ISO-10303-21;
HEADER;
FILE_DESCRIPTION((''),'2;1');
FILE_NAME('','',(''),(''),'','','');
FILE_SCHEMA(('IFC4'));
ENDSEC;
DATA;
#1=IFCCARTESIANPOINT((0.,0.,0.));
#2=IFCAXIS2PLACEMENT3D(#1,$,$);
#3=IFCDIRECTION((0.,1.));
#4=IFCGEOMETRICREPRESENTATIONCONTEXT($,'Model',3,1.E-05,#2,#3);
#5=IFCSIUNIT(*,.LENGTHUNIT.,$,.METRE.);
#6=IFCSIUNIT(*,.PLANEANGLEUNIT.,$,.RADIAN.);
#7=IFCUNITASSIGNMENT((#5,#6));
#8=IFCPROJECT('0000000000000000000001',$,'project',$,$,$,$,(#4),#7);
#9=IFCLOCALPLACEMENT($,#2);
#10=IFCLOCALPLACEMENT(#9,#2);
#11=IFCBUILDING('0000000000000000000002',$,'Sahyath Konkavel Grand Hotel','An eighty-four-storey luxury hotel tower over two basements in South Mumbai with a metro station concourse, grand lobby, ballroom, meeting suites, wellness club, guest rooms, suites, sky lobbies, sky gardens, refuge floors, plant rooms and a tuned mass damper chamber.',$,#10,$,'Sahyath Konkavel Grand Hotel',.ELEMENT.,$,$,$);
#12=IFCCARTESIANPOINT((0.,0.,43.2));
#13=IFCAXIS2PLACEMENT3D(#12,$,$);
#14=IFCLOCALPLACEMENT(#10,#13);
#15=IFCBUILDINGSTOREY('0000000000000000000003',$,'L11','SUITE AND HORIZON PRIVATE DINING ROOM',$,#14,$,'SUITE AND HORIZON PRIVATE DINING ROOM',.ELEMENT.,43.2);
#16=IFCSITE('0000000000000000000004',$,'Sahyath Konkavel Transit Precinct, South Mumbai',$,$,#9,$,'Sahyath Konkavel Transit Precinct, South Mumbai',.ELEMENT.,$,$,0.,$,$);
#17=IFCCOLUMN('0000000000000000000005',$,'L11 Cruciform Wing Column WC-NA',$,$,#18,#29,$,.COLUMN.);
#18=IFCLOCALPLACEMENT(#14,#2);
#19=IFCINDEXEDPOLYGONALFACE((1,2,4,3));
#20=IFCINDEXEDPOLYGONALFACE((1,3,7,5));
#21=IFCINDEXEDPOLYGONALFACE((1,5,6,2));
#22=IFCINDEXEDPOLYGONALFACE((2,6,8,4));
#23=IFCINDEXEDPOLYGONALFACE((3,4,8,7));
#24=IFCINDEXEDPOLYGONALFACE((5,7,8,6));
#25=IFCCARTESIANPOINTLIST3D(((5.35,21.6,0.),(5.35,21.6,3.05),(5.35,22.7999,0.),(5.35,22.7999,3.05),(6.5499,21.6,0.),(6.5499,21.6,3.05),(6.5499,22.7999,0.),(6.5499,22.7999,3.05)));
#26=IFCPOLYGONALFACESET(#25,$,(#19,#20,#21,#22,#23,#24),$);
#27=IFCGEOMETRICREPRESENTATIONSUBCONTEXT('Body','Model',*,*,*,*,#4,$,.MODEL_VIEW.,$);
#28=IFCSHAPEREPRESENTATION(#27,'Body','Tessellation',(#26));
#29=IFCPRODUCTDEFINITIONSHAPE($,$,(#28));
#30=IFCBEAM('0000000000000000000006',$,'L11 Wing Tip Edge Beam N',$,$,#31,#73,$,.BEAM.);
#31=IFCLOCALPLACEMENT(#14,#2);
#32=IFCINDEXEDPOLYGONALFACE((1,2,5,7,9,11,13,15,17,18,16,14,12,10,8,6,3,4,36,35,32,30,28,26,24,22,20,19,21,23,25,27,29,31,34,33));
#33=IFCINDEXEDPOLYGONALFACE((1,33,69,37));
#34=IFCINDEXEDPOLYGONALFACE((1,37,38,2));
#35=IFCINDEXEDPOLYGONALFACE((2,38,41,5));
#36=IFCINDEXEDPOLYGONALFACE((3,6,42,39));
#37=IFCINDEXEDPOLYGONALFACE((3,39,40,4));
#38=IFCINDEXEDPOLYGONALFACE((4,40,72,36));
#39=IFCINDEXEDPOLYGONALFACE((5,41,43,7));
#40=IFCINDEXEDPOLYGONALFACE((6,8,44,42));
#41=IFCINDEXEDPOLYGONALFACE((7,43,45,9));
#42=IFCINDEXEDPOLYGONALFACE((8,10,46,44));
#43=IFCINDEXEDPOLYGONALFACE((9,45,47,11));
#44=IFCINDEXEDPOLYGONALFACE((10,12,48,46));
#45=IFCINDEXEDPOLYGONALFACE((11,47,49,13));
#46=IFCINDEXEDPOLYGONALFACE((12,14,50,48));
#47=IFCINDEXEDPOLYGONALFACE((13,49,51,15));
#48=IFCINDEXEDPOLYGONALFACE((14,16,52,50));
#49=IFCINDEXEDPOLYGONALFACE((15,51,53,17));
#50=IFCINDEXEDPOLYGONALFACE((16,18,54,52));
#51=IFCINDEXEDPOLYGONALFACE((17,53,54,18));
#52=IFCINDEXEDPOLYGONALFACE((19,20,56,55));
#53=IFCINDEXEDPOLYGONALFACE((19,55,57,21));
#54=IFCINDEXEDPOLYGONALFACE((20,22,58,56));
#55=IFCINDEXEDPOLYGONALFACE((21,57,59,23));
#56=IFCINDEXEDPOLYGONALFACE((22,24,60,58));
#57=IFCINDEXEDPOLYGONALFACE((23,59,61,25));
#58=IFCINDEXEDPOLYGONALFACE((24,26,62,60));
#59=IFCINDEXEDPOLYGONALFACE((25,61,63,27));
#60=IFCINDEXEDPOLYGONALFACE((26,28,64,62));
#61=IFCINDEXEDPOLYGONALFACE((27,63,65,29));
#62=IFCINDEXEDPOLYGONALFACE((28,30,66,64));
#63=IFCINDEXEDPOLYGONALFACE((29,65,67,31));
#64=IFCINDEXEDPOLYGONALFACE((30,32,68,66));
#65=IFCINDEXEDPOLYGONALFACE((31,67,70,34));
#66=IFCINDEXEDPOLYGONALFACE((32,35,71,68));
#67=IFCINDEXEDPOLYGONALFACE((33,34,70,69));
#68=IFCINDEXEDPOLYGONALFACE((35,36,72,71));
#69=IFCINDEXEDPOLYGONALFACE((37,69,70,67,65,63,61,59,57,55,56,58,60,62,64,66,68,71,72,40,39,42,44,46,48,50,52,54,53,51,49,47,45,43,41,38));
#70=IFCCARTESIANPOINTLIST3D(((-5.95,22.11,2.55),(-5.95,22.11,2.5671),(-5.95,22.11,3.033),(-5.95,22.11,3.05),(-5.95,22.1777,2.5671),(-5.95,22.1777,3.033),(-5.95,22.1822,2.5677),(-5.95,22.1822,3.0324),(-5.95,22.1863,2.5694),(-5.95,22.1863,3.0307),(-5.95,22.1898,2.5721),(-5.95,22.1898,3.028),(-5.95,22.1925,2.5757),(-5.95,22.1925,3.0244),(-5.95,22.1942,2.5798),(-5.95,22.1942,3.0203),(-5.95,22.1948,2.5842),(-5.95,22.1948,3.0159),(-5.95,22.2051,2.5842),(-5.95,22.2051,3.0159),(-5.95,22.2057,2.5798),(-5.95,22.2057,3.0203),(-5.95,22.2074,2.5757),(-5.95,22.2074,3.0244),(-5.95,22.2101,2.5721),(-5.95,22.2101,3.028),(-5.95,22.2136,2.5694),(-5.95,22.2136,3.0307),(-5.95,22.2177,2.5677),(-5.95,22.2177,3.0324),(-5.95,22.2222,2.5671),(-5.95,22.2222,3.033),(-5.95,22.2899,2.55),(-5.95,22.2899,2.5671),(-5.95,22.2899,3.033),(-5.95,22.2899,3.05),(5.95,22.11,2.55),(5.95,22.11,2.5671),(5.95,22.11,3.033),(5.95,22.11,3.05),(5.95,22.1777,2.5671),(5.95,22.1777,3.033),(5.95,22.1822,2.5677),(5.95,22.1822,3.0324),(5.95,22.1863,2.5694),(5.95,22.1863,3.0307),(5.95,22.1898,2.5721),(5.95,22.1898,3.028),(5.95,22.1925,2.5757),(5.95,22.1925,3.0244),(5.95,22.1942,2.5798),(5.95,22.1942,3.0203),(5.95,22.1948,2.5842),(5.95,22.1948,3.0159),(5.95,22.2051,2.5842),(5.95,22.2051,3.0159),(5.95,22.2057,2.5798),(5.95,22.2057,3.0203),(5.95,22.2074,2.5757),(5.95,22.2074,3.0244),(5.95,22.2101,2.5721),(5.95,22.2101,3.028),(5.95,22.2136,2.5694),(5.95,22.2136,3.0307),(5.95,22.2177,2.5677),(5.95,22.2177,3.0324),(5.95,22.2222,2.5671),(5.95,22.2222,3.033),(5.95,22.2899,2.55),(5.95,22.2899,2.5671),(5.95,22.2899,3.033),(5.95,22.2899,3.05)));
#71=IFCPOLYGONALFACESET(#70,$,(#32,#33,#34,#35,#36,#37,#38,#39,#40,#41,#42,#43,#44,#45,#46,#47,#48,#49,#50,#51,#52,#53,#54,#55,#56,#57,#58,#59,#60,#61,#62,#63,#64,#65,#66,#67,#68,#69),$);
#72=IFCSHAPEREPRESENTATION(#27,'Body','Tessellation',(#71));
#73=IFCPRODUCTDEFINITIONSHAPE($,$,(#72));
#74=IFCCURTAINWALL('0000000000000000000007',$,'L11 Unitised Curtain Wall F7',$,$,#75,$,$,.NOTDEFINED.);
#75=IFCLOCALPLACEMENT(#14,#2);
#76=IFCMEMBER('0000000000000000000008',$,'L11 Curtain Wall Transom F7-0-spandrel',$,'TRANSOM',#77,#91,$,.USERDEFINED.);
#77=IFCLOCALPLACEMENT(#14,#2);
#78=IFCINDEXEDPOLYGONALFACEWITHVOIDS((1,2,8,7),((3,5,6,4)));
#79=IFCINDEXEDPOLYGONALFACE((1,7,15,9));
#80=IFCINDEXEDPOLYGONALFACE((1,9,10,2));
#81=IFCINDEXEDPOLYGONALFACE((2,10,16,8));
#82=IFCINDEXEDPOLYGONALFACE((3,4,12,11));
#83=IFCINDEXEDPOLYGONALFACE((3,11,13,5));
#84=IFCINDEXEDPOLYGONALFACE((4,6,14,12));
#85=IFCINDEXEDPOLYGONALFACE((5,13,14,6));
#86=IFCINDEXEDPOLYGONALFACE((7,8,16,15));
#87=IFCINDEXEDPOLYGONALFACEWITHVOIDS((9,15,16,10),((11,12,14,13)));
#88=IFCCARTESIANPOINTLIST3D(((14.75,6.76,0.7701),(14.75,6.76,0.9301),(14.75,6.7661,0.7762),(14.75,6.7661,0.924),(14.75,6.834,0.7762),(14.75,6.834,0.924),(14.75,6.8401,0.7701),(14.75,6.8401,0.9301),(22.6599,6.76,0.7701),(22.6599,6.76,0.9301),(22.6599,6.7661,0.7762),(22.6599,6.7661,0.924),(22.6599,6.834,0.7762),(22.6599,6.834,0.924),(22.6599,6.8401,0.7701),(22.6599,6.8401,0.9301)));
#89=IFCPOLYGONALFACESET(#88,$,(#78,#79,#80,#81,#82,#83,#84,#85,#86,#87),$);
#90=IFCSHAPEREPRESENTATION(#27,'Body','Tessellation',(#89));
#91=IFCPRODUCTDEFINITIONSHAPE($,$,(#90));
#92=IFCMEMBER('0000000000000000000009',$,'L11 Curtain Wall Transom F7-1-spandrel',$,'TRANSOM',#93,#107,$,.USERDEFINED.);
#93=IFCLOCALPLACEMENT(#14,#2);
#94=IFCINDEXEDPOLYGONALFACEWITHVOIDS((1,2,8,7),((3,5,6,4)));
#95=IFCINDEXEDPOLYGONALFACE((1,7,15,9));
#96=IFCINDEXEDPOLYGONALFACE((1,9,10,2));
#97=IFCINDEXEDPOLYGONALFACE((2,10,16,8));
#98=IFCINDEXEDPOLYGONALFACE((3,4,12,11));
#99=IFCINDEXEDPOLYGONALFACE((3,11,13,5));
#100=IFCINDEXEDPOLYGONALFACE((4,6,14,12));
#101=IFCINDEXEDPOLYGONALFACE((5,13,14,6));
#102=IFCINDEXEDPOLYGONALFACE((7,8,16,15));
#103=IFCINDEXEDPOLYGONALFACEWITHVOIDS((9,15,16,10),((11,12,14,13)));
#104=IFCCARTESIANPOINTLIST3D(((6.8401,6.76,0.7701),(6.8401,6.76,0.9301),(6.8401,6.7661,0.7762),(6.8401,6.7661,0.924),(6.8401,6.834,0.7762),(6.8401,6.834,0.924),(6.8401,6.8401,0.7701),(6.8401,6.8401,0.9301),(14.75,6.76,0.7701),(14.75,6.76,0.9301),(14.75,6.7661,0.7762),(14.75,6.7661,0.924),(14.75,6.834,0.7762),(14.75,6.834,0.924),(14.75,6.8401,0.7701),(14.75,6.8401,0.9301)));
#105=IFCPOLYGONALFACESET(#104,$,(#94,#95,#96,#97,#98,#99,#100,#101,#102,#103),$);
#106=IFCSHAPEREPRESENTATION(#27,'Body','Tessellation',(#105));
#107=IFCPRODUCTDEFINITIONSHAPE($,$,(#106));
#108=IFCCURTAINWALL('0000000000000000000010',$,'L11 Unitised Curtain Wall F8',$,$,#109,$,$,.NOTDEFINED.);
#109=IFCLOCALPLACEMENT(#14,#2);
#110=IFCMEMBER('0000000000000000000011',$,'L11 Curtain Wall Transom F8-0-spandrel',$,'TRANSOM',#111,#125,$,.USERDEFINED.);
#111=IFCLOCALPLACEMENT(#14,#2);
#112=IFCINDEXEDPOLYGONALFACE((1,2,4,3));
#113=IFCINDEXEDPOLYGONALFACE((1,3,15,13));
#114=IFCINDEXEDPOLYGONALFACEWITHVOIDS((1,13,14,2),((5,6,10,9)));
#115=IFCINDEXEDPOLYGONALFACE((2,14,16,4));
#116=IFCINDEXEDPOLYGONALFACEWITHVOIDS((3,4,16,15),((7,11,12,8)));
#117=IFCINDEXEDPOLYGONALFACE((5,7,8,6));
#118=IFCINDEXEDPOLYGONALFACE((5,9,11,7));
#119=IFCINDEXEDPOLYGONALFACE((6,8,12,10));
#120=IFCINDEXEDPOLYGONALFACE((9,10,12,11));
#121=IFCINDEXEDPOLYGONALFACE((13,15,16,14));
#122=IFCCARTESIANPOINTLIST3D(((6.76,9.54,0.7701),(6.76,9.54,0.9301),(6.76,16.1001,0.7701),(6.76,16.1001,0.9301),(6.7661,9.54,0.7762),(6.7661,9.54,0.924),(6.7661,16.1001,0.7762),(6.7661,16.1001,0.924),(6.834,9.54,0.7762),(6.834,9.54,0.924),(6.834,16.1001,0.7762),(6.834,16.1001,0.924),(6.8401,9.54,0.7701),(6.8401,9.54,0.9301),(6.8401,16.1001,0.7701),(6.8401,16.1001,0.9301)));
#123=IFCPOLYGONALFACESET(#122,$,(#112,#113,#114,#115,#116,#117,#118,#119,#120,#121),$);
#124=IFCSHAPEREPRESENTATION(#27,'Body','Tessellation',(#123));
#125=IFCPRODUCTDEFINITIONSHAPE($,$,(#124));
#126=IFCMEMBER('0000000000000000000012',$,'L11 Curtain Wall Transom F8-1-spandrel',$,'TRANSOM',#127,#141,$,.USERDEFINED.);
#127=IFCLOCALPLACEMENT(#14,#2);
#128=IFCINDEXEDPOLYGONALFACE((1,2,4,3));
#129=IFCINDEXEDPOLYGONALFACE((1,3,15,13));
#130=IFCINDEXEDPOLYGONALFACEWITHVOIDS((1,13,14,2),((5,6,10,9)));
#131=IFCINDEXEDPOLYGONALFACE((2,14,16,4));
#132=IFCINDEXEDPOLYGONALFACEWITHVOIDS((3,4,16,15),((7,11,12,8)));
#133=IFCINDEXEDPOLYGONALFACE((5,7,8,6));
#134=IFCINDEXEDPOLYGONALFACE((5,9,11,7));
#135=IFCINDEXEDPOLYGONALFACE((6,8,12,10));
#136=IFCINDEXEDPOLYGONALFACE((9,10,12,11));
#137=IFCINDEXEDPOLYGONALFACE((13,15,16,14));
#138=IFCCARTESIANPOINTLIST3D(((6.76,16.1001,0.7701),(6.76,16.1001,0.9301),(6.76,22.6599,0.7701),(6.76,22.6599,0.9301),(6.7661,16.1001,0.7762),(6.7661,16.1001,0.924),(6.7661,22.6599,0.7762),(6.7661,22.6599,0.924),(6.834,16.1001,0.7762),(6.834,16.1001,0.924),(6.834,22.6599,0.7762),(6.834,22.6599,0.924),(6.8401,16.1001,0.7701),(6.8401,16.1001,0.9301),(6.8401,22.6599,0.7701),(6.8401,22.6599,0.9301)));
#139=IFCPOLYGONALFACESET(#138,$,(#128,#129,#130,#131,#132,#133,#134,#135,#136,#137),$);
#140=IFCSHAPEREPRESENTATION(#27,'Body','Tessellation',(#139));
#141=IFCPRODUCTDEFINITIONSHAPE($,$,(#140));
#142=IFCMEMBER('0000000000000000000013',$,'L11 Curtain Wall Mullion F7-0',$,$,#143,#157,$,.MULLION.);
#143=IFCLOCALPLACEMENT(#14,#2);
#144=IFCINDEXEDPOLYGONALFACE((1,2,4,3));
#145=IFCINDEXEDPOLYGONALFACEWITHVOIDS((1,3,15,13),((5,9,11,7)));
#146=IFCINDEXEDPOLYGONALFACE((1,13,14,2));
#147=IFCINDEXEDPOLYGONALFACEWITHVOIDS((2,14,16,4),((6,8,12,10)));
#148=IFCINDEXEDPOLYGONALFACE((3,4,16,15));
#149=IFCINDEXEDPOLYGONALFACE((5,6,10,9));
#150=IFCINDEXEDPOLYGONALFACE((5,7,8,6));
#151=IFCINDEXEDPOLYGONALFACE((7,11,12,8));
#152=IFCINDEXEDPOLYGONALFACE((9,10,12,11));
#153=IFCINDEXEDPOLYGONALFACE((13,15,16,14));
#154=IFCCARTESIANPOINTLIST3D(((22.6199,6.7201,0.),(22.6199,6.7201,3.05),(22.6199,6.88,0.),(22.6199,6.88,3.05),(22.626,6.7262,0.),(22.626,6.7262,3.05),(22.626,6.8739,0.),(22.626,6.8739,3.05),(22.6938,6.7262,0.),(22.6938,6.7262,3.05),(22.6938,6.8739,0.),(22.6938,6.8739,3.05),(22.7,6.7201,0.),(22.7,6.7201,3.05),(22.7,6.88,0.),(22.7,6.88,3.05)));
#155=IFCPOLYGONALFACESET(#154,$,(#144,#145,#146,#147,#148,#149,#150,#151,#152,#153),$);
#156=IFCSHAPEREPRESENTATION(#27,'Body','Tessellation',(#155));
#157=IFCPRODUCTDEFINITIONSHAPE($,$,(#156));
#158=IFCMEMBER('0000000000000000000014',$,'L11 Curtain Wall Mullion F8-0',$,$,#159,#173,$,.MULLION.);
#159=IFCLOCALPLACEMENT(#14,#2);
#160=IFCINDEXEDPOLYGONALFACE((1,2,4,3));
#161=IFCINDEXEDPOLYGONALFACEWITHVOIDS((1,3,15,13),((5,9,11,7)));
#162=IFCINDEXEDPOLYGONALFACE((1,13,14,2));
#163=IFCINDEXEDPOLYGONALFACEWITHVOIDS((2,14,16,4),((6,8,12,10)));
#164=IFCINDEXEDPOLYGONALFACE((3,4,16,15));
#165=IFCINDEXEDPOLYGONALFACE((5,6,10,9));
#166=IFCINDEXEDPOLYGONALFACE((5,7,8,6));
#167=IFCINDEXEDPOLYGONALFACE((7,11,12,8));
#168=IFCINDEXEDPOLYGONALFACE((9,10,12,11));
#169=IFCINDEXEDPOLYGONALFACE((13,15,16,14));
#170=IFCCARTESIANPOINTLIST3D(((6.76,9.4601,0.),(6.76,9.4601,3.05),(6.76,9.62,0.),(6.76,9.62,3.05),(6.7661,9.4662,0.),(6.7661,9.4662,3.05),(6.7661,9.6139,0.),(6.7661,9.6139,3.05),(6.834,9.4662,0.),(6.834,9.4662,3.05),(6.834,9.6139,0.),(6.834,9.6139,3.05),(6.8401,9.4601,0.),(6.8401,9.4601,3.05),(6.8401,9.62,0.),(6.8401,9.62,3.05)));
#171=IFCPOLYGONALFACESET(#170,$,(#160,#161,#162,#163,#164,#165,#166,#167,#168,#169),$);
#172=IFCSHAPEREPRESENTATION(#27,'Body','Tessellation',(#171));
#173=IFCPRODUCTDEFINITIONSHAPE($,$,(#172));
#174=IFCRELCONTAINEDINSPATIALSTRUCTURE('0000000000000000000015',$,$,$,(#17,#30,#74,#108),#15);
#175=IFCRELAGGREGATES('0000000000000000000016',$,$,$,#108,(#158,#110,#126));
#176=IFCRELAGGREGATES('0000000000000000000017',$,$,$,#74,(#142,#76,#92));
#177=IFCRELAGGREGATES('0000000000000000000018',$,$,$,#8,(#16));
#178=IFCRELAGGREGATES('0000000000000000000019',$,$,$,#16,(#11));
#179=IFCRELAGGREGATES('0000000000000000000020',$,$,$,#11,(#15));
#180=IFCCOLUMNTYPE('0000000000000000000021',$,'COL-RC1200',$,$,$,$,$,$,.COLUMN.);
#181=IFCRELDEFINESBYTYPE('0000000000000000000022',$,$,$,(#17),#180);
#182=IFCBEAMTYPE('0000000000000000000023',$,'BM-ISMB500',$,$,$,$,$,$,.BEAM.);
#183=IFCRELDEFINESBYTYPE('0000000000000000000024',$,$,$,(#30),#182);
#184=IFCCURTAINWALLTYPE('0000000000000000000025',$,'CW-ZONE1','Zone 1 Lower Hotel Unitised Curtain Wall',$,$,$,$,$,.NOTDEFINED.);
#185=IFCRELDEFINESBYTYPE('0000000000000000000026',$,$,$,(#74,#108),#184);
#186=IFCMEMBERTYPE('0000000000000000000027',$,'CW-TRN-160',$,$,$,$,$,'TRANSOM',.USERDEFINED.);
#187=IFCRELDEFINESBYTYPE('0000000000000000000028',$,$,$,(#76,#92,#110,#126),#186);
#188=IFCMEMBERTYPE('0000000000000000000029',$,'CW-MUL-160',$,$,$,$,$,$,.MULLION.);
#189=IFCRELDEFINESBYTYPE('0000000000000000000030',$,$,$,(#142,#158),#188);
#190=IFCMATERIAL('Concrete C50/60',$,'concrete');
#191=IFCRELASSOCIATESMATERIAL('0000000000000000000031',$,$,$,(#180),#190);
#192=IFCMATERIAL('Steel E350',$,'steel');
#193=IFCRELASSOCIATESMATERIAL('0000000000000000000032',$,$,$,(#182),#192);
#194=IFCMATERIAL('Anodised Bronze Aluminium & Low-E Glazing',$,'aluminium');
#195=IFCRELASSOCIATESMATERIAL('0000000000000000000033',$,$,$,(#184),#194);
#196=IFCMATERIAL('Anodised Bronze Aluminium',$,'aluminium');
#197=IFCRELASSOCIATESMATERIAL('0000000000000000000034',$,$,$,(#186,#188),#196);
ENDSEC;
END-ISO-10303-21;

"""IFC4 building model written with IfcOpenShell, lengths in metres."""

from ifc_helpers import new_model, si_unit, direction, frame, origin, origin_2d, place, context, subcontext, project, spatial, rectangle, hollow_rectangle, i_section, extrude, source, transform, mapped, material, material_profile, profile_set, type_object, element, aggregate, save


model = new_model("IFC4")

# Units and contexts
model_context = context("Model", 3, precision=1e-05, world=origin(), true_north=direction((0.0, 1.0)))
body_context = subcontext(model_context, "Body", "Model", "MODEL_VIEW")
ifc_project = project(units=[si_unit("LENGTHUNIT", "METRE"), si_unit("PLANEANGLEUNIT", "RADIAN")], contexts=[model_context])

# Site, building, storey
site_placement = place(None, origin())
site = spatial("IfcSite", under=ifc_project, at=site_placement, Name="Sahyath Konkavel Transit Precinct, South Mumbai", LongName="Sahyath Konkavel Transit Precinct, South Mumbai", CompositionType="ELEMENT", RefElevation=0.0)
building_placement = place(site_placement, origin())
building = spatial("IfcBuilding", under=site, at=building_placement, Name="Sahyath Konkavel Grand Hotel", Description="An eighty-four-storey luxury hotel tower over two basements in South Mumbai with a metro station concourse, grand lobby, ballroom, meeting suites, wellness club, guest rooms, suites, sky lobbies, sky gardens, refuge floors, plant rooms and a tuned mass damper chamber.", LongName="Sahyath Konkavel Grand Hotel", CompositionType="ELEMENT")
storey_placement = place(building_placement, frame((0.0, 0.0, 43.2)))
storey = spatial("IfcBuildingStorey", under=building, at=storey_placement, Name="L11", Description="SUITE AND HORIZON PRIVATE DINING ROOM", LongName="SUITE AND HORIZON PRIVATE DINING ROOM", CompositionType="ELEMENT", Elevation=43.2)

# Column
ifc_material_1 = material(Name="Concrete C50/60", Category="concrete")
ifc_material_profile_1 = material_profile(ifc_material_1, rectangle(XDim=1.2, YDim=1.2, at=origin_2d()), Name="RC 1200x1200")
ifc_profile_set_1 = profile_set([ifc_material_profile_1], Name="Concrete C50/60")
column_type = type_object("IfcColumnType", Name="COL-RC1200", PredefinedType="COLUMN", material=ifc_profile_set_1)
shared_shape_1 = source(origin(), body_context, "Body", "SweptSolid", [
    extrude(rectangle(XDim=1.2, YDim=1.2, at=origin_2d()), origin(), (0.0, 0.0, 1.0), 3.05),
])
column_placement = place(storey_placement, frame((5.95, 22.2, 0.0), z_axis=(0.0, 0.0, 1.0), x_axis=(1.0, 0.0, 0.0)))
element("IfcColumn", 1, at=column_placement, inside=storey, type_object=column_type, Name="L11 Cruciform Wing Column WC-NA", PredefinedType="COLUMN", context=body_context, shape_type="MappedRepresentation", body=[
    mapped(shared_shape_1, transform((0.0, 0.0, 0.0), scale=1.0)),
])

# Beam
ifc_material_2 = material(Name="Steel E350", Category="steel")
ifc_material_profile_2 = material_profile(ifc_material_2, i_section(OverallWidth=0.1799, OverallDepth=0.5, WebThickness=0.0103, FlangeThickness=0.0171, FilletRadius=0.0171, at=origin_2d()), Name="ISMB 500")
ifc_profile_set_2 = profile_set([ifc_material_profile_2], Name="Steel E350")
beam_type = type_object("IfcBeamType", Name="BM-ISMB500", PredefinedType="BEAM", material=ifc_profile_set_2)
shared_shape_2 = source(origin(), body_context, "Body", "SweptSolid", [
    extrude(i_section(OverallWidth=0.1799, OverallDepth=0.5, WebThickness=0.0103, FlangeThickness=0.0171, FilletRadius=0.0171, at=origin_2d()), origin(), (0.0, 0.0, 1.0), 11.8999),
])
beam_placement = place(storey_placement, frame((5.95, 22.2, 2.8), z_axis=(-1.0, 0.0, 0.0), x_axis=(0.0, -1.0, 0.0)))
element("IfcBeam", 2, at=beam_placement, inside=storey, type_object=beam_type, Name="L11 Wing Tip Edge Beam N", PredefinedType="BEAM", context=body_context, shape_type="MappedRepresentation", body=[
    mapped(shared_shape_2, transform((0.0, 0.0, 0.0), scale=1.0)),
])

# Curtain walls, members
ifc_material_3 = material(Name="Anodised Bronze Aluminium & Low-E Glazing", Category="aluminium")
curtain_wall_type = type_object("IfcCurtainWallType", Name="CW-ZONE1", Description="Zone 1 Lower Hotel Unitised Curtain Wall", PredefinedType="NOTDEFINED", material=ifc_material_3)
curtain_wall_1_placement = place(storey_placement, origin())
curtain_wall_1 = element("IfcCurtainWall", 3, at=curtain_wall_1_placement, inside=storey, type_object=curtain_wall_type, Name="L11 Unitised Curtain Wall F7", PredefinedType="NOTDEFINED")
ifc_material_4 = material(Name="Anodised Bronze Aluminium", Category="aluminium")
ifc_material_profile_3 = material_profile(ifc_material_4, hollow_rectangle(XDim=0.0801, YDim=0.1599, WallThickness=0.0061, at=origin_2d()), Name="RHS 160x80x6")
ifc_profile_set_3 = profile_set([ifc_material_profile_3], Name="Anodised Bronze Aluminium")
member_type_1 = type_object("IfcMemberType", Name="CW-TRN-160", ElementType="TRANSOM", PredefinedType="USERDEFINED", material=ifc_profile_set_3)
shared_shape_3 = source(origin(), body_context, "Body", "SweptSolid", [
    extrude(hollow_rectangle(XDim=0.0801, YDim=0.1599, WallThickness=0.0061, at=origin_2d()), origin(), (0.0, 0.0, 1.0), 7.9099),
])
member_1_placement = place(storey_placement, frame((22.6599, 6.8, 0.8501), z_axis=(-1.0, 0.0, 0.0), x_axis=(0.0, -1.0, 0.0)))
member_1 = element("IfcMember", 4, at=member_1_placement, type_object=member_type_1, Name="L11 Curtain Wall Transom F7-0-spandrel", ObjectType="TRANSOM", PredefinedType="USERDEFINED", context=body_context, shape_type="MappedRepresentation", body=[
    mapped(shared_shape_3, transform((0.0, 0.0, 0.0), scale=1.0)),
])
member_2_placement = place(storey_placement, frame((14.75, 6.8, 0.8501), z_axis=(-1.0, 0.0, 0.0), x_axis=(0.0, -1.0, 0.0)))
member_2 = element("IfcMember", 5, at=member_2_placement, type_object=member_type_1, Name="L11 Curtain Wall Transom F7-1-spandrel", ObjectType="TRANSOM", PredefinedType="USERDEFINED", context=body_context, shape_type="MappedRepresentation", body=[
    mapped(shared_shape_3, transform((0.0, 0.0, 0.0), scale=1.0)),
])
curtain_wall_2_placement = place(storey_placement, origin())
curtain_wall_2 = element("IfcCurtainWall", 6, at=curtain_wall_2_placement, inside=storey, type_object=curtain_wall_type, Name="L11 Unitised Curtain Wall F8", PredefinedType="NOTDEFINED")
shared_shape_4 = source(origin(), body_context, "Body", "SweptSolid", [
    extrude(hollow_rectangle(XDim=0.0801, YDim=0.1599, WallThickness=0.0061, at=origin_2d()), origin(), (0.0, 0.0, 1.0), 6.5601),
])
member_3_placement = place(storey_placement, frame((6.8, 9.54, 0.8501), z_axis=(0.0, 1.0, 0.0), x_axis=(-1.0, 0.0, 0.0)))
member_3 = element("IfcMember", 7, at=member_3_placement, type_object=member_type_1, Name="L11 Curtain Wall Transom F8-0-spandrel", ObjectType="TRANSOM", PredefinedType="USERDEFINED", context=body_context, shape_type="MappedRepresentation", body=[
    mapped(shared_shape_4, transform((0.0, 0.0, 0.0), scale=1.0)),
])
shared_shape_5 = source(origin(), body_context, "Body", "SweptSolid", [
    extrude(hollow_rectangle(XDim=0.0801, YDim=0.1599, WallThickness=0.0061, at=origin_2d()), origin(), (0.0, 0.0, 1.0), 6.5598),
])
member_4_placement = place(storey_placement, frame((6.8, 16.1001, 0.8501), z_axis=(0.0, 1.0, 0.0), x_axis=(-1.0, 0.0, 0.0)))
member_4 = element("IfcMember", 8, at=member_4_placement, type_object=member_type_1, Name="L11 Curtain Wall Transom F8-1-spandrel", ObjectType="TRANSOM", PredefinedType="USERDEFINED", context=body_context, shape_type="MappedRepresentation", body=[
    mapped(shared_shape_5, transform((0.0, 0.0, 0.0), scale=1.0)),
])

# Members
ifc_material_profile_4 = material_profile(ifc_material_4, hollow_rectangle(XDim=0.0801, YDim=0.1599, WallThickness=0.0061, at=origin_2d()), Name="RHS 160x80x6")
ifc_profile_set_4 = profile_set([ifc_material_profile_4], Name="Anodised Bronze Aluminium")
member_type_2 = type_object("IfcMemberType", Name="CW-MUL-160", PredefinedType="MULLION", material=ifc_profile_set_4)
shared_shape_6 = source(origin(), body_context, "Body", "SweptSolid", [
    extrude(hollow_rectangle(XDim=0.0801, YDim=0.1599, WallThickness=0.0061, at=origin_2d()), origin(), (0.0, 0.0, 1.0), 3.05),
])
member_5_placement = place(storey_placement, frame((22.6599, 6.8, 0.0), z_axis=(0.0, 0.0, 1.0), x_axis=(1.0, 0.0, 0.0)))
member_5 = element("IfcMember", 9, at=member_5_placement, type_object=member_type_2, Name="L11 Curtain Wall Mullion F7-0", PredefinedType="MULLION", context=body_context, shape_type="MappedRepresentation", body=[
    mapped(shared_shape_6, transform((0.0, 0.0, 0.0), scale=1.0)),
])
member_6_placement = place(storey_placement, frame((6.8, 9.54, 0.0), z_axis=(0.0, 0.0, 1.0), x_axis=(1.0, 0.0, 0.0)))
member_6 = element("IfcMember", 10, at=member_6_placement, type_object=member_type_2, Name="L11 Curtain Wall Mullion F8-0", PredefinedType="MULLION", context=body_context, shape_type="MappedRepresentation", body=[
    mapped(shared_shape_6, transform((0.0, 0.0, 0.0), scale=1.0)),
])

aggregate(curtain_wall_2, [member_6, member_3, member_4])
aggregate(curtain_wall_1, [member_5, member_1, member_2])

save(model, "model.ifc")
